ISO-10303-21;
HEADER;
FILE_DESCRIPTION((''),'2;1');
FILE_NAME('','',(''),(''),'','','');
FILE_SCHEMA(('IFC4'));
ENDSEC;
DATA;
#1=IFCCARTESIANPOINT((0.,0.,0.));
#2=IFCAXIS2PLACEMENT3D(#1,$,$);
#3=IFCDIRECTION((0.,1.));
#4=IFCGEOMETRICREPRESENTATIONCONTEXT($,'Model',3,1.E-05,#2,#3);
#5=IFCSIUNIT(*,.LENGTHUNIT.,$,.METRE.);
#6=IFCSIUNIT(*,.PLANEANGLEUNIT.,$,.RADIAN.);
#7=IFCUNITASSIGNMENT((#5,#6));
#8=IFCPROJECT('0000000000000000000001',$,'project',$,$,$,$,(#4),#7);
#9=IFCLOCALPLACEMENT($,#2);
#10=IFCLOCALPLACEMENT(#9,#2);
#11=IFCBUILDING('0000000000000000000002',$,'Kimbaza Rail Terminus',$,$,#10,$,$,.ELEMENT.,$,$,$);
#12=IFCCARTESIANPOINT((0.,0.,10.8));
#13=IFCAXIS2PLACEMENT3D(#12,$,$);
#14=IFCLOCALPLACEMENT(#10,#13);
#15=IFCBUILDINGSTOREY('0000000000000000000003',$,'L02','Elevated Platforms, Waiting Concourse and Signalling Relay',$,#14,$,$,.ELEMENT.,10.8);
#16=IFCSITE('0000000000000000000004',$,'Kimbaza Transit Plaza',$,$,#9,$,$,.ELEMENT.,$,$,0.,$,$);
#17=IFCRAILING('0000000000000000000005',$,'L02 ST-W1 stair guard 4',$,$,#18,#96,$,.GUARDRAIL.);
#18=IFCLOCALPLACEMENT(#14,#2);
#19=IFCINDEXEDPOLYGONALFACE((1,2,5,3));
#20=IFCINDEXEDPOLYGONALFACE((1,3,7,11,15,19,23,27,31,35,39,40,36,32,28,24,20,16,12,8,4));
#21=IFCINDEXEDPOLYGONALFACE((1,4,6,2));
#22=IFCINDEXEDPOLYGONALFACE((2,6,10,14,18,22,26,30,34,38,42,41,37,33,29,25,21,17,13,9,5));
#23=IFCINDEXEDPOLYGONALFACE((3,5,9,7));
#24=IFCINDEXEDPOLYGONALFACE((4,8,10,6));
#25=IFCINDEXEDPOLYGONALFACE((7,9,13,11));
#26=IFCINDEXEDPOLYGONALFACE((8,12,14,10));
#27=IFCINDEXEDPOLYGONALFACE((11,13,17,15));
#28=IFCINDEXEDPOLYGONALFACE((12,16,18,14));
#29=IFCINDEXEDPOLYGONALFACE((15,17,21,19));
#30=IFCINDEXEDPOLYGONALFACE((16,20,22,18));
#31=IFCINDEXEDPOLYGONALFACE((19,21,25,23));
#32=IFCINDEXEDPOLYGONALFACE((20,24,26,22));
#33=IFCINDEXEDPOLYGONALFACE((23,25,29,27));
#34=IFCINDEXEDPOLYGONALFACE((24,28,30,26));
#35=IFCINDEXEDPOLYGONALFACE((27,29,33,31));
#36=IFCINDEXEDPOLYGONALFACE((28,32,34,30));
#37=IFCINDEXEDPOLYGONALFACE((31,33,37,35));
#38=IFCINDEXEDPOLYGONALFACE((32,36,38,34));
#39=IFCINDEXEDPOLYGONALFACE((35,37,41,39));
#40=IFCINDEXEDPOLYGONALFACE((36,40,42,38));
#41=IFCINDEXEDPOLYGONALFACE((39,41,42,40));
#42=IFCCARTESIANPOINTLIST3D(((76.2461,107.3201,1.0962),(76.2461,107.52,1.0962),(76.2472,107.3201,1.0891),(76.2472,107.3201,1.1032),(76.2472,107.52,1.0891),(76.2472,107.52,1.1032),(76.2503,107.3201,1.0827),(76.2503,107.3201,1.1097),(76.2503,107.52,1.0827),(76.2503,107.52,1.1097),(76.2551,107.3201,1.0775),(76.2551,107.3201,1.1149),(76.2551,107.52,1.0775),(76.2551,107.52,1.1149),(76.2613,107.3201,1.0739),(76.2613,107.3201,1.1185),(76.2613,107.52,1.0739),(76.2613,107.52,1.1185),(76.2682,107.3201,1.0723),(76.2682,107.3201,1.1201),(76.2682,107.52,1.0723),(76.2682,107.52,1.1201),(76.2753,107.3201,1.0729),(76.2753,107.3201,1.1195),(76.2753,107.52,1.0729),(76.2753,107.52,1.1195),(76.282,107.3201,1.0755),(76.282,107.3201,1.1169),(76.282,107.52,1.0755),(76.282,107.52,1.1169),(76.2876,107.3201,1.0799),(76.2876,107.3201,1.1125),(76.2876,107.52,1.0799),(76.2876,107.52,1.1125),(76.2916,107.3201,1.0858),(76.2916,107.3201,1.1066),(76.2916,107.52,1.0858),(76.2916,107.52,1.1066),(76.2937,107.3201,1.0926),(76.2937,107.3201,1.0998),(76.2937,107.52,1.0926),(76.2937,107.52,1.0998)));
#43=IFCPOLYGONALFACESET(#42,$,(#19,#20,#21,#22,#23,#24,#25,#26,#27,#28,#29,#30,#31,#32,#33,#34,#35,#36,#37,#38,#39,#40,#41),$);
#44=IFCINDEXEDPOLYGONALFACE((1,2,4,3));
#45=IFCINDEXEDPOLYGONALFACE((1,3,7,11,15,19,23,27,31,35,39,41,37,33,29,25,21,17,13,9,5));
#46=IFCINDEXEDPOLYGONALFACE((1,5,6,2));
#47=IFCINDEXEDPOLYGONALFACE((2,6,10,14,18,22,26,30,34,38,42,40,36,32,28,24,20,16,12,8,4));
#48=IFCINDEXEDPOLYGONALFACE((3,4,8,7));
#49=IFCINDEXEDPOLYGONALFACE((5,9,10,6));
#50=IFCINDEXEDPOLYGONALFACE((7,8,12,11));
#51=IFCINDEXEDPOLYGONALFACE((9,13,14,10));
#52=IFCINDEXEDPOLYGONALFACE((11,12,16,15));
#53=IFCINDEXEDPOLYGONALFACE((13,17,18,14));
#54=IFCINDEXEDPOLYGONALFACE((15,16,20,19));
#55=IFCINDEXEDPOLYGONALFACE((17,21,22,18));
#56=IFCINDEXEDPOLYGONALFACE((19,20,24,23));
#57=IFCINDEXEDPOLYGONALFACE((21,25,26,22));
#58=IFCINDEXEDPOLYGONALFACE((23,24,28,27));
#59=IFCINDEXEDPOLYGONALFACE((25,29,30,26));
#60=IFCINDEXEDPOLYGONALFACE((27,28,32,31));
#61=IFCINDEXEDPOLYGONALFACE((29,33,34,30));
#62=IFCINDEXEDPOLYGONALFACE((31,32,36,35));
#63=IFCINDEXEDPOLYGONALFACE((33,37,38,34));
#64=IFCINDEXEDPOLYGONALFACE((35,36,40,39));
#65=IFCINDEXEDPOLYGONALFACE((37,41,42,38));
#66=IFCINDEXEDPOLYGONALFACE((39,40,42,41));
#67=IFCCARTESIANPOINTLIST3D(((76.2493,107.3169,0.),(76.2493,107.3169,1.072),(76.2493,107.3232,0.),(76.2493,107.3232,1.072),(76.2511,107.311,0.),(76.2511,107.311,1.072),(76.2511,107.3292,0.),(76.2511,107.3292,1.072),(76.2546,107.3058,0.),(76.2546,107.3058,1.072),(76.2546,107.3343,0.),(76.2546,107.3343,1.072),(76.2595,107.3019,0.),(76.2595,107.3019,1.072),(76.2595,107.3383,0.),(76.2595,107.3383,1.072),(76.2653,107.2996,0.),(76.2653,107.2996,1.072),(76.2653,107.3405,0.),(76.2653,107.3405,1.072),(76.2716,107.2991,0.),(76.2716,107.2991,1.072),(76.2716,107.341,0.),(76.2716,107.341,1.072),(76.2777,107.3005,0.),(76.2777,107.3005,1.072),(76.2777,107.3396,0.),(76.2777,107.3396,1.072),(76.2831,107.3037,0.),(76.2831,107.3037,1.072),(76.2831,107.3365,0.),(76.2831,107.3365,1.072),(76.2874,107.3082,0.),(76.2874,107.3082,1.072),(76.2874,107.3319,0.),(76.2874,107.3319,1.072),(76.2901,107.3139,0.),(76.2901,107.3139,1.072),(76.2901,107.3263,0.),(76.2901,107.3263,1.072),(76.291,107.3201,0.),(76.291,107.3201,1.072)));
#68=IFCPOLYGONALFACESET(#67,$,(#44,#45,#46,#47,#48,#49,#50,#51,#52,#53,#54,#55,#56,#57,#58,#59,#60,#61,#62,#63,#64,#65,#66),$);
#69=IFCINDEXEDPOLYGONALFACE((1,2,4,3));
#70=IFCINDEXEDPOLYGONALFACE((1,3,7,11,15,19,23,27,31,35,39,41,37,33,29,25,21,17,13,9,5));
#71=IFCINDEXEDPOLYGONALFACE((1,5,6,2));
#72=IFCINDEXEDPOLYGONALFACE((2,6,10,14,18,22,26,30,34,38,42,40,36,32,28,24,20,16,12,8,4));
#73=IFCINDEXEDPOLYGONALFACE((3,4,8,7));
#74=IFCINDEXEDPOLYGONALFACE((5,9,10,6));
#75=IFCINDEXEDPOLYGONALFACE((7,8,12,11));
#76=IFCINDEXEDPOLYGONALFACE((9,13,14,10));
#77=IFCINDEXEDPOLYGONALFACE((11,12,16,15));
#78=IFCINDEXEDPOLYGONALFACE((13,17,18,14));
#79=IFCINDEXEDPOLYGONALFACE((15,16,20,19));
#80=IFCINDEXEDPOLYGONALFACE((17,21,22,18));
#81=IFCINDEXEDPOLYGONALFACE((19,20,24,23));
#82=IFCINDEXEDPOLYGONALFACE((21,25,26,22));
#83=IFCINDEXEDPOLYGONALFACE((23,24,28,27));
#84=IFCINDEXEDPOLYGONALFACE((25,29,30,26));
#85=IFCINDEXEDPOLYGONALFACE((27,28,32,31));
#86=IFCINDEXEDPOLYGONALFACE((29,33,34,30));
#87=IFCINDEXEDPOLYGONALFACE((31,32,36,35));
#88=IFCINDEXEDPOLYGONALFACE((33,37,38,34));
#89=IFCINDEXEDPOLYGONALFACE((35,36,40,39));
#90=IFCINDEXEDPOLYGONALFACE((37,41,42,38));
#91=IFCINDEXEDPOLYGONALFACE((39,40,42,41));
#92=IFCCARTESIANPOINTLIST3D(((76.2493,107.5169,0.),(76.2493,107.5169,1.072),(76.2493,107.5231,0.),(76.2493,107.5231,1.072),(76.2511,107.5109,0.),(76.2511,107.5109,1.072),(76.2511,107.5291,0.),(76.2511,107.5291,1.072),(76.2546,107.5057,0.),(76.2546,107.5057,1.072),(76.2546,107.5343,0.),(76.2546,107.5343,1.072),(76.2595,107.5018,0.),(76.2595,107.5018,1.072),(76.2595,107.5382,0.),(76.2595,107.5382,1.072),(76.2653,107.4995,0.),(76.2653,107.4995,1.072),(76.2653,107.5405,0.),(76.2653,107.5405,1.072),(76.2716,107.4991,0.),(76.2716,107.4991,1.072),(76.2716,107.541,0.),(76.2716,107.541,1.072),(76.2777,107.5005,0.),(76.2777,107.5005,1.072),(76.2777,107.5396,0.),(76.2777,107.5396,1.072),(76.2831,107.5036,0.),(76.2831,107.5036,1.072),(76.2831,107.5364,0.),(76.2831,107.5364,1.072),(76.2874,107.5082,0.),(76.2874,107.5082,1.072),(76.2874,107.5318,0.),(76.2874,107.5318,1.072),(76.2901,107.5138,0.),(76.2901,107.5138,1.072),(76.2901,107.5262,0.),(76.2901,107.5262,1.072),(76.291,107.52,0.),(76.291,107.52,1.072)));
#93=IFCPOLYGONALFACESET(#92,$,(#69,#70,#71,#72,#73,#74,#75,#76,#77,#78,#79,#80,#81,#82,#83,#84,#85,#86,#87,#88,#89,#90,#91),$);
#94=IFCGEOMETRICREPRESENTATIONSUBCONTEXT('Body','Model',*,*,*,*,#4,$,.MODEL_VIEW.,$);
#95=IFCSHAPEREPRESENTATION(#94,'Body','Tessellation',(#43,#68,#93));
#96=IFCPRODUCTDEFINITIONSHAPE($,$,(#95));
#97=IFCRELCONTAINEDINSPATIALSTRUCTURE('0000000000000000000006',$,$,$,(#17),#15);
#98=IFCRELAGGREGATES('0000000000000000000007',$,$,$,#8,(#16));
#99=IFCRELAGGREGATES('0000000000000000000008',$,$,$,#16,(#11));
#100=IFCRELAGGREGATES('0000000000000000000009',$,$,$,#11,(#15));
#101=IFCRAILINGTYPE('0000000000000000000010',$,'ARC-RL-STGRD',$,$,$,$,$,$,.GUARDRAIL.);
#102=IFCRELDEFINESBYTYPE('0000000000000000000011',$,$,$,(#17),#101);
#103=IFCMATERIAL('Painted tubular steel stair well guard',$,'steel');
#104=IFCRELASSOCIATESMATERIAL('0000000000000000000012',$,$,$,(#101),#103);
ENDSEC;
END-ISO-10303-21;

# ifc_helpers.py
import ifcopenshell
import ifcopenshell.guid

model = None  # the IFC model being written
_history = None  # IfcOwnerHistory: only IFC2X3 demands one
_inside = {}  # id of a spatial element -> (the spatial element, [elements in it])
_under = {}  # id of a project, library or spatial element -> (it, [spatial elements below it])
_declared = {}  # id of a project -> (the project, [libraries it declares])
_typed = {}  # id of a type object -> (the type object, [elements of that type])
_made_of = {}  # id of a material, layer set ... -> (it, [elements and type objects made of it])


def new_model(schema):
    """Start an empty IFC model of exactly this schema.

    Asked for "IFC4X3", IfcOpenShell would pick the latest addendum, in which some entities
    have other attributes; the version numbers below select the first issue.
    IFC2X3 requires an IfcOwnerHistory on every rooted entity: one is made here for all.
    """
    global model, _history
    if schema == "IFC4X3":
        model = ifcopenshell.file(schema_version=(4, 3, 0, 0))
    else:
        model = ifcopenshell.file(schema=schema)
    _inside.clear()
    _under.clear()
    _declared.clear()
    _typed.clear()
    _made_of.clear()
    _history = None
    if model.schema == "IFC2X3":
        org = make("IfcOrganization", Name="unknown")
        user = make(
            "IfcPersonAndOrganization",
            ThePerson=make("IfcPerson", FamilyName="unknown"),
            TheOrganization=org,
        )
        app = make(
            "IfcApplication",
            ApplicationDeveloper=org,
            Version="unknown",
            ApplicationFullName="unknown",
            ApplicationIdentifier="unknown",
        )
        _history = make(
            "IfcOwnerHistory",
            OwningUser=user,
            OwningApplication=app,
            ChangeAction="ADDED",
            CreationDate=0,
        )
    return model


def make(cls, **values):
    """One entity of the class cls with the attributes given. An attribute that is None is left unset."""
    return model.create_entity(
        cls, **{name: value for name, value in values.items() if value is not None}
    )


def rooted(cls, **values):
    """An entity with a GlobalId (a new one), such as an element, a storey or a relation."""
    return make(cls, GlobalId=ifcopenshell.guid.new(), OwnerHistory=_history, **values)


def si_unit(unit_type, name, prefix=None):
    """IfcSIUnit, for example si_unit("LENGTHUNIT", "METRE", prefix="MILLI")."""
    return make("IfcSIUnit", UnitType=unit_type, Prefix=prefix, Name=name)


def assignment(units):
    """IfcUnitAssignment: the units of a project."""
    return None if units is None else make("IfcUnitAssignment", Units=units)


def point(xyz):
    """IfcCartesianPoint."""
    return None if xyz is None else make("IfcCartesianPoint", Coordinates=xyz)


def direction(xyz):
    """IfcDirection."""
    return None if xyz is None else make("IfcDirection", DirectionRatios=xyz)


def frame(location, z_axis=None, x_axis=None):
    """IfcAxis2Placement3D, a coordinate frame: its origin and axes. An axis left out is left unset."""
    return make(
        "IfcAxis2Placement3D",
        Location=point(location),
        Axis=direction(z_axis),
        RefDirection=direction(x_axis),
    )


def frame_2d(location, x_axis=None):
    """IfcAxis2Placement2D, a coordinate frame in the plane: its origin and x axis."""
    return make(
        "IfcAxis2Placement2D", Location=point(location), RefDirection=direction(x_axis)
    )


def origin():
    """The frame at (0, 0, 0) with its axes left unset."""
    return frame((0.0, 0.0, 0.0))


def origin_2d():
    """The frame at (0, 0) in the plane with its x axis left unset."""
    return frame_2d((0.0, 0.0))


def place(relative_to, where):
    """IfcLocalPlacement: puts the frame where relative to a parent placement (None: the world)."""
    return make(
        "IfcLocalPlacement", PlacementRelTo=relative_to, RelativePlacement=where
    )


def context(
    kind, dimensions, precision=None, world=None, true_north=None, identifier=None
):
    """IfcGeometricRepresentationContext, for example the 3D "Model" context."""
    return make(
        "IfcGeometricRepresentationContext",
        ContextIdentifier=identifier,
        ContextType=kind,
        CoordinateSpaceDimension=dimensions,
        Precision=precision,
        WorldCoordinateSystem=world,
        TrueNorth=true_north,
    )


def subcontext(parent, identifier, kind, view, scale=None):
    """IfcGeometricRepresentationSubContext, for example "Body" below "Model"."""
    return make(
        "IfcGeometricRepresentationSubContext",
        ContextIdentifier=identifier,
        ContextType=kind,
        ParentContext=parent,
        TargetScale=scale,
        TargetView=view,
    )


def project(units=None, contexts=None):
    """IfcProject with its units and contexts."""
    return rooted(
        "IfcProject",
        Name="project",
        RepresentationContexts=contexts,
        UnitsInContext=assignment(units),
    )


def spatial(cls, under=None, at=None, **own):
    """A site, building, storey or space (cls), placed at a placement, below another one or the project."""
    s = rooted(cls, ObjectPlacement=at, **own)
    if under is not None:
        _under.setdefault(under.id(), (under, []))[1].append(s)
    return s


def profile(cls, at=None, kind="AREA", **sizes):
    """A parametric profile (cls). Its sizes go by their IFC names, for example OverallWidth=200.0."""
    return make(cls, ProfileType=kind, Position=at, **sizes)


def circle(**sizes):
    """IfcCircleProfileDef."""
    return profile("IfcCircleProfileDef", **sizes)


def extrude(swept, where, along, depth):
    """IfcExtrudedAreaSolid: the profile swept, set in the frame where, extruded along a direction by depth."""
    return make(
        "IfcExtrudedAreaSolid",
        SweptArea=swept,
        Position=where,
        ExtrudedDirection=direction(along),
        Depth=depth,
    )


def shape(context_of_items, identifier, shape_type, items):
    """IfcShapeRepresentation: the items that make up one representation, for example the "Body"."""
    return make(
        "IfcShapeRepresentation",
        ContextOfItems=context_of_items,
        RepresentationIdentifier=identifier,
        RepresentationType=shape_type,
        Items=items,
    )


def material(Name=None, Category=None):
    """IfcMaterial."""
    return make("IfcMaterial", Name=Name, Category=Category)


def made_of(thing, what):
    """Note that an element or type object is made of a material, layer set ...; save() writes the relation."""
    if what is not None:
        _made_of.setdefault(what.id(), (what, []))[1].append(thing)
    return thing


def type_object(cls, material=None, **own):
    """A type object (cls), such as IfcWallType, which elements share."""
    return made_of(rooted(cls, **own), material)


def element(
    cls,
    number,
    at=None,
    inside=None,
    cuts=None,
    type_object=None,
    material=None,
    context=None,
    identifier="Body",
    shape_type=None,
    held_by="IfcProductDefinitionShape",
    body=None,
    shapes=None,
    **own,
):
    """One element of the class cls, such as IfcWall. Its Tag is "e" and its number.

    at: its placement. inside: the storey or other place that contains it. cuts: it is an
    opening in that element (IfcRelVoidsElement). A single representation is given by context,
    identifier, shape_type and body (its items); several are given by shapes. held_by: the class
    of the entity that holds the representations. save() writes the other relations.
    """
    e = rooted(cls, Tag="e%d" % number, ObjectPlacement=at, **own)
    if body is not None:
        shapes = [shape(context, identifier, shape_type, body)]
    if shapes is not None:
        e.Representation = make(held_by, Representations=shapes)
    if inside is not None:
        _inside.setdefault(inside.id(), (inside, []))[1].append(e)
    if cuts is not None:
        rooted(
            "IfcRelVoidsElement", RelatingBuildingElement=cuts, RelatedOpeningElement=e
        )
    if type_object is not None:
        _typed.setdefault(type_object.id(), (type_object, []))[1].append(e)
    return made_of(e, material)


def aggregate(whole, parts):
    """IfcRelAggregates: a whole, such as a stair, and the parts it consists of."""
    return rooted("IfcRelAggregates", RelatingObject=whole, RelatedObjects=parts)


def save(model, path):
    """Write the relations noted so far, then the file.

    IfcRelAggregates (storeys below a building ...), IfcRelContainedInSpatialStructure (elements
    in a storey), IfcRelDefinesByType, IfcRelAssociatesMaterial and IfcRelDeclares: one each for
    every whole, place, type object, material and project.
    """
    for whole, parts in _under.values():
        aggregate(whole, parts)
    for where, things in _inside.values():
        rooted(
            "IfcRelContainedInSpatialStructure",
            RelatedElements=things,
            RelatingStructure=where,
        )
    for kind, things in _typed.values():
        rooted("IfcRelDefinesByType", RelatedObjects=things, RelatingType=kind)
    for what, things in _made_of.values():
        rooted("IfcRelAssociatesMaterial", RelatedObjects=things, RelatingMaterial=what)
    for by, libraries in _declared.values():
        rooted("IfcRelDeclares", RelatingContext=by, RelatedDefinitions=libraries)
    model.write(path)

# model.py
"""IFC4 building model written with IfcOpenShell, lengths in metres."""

from ifc_helpers import new_model, si_unit, direction, frame, origin, origin_2d, place, context, subcontext, project, spatial, circle, extrude, material, type_object, element, save


model = new_model("IFC4")

# Units and contexts
model_context = context("Model", 3, precision=1e-05, world=origin(), true_north=direction((0.0, 1.0)))
body_context = subcontext(model_context, "Body", "Model", "MODEL_VIEW")
ifc_project = project(units=[si_unit("LENGTHUNIT", "METRE"), si_unit("PLANEANGLEUNIT", "RADIAN")], contexts=[model_context])

# Site, building, storey
site_placement = place(None, origin())
site = spatial("IfcSite", under=ifc_project, at=site_placement, Name="Kimbaza Transit Plaza", CompositionType="ELEMENT", RefElevation=0.0)
building_placement = place(site_placement, origin())
building = spatial("IfcBuilding", under=site, at=building_placement, Name="Kimbaza Rail Terminus", CompositionType="ELEMENT")
storey_placement = place(building_placement, frame((0.0, 0.0, 10.8)))
storey = spatial("IfcBuildingStorey", under=building, at=storey_placement, Name="L02", Description="Elevated Platforms, Waiting Concourse and Signalling Relay", CompositionType="ELEMENT", Elevation=10.8)

# Railing
ifc_material_1 = material(Name="Painted tubular steel stair well guard", Category="steel")
railing_type_1 = type_object("IfcRailingType", Name="ARC-RL-STGRD", PredefinedType="GUARDRAIL", material=ifc_material_1)
railing_1_placement = place(storey_placement, frame((76.27, 107.3201, 0.0)))
element("IfcRailing", 1, at=railing_1_placement, inside=storey, type_object=railing_type_1, Name="L02 ST-W1 stair guard 4", PredefinedType="GUARDRAIL", context=body_context, shape_type="SweptSolid", body=[
    extrude(circle(Radius=0.0239, at=origin_2d()), frame((0.0, 0.0, 1.0962), z_axis=(0.0, 1.0, 0.0), x_axis=(-1.0, 0.0, 0.0)), (0.0, 0.0, 1.0), 0.2),
    extrude(circle(Radius=0.021, at=origin_2d()), origin(), (0.0, 0.0, 1.0), 1.072),
    extrude(circle(Radius=0.021, at=origin_2d()), frame((0.0, 0.2, 0.0)), (0.0, 0.0, 1.0), 1.072),
])

save(model, "model.ifc")
